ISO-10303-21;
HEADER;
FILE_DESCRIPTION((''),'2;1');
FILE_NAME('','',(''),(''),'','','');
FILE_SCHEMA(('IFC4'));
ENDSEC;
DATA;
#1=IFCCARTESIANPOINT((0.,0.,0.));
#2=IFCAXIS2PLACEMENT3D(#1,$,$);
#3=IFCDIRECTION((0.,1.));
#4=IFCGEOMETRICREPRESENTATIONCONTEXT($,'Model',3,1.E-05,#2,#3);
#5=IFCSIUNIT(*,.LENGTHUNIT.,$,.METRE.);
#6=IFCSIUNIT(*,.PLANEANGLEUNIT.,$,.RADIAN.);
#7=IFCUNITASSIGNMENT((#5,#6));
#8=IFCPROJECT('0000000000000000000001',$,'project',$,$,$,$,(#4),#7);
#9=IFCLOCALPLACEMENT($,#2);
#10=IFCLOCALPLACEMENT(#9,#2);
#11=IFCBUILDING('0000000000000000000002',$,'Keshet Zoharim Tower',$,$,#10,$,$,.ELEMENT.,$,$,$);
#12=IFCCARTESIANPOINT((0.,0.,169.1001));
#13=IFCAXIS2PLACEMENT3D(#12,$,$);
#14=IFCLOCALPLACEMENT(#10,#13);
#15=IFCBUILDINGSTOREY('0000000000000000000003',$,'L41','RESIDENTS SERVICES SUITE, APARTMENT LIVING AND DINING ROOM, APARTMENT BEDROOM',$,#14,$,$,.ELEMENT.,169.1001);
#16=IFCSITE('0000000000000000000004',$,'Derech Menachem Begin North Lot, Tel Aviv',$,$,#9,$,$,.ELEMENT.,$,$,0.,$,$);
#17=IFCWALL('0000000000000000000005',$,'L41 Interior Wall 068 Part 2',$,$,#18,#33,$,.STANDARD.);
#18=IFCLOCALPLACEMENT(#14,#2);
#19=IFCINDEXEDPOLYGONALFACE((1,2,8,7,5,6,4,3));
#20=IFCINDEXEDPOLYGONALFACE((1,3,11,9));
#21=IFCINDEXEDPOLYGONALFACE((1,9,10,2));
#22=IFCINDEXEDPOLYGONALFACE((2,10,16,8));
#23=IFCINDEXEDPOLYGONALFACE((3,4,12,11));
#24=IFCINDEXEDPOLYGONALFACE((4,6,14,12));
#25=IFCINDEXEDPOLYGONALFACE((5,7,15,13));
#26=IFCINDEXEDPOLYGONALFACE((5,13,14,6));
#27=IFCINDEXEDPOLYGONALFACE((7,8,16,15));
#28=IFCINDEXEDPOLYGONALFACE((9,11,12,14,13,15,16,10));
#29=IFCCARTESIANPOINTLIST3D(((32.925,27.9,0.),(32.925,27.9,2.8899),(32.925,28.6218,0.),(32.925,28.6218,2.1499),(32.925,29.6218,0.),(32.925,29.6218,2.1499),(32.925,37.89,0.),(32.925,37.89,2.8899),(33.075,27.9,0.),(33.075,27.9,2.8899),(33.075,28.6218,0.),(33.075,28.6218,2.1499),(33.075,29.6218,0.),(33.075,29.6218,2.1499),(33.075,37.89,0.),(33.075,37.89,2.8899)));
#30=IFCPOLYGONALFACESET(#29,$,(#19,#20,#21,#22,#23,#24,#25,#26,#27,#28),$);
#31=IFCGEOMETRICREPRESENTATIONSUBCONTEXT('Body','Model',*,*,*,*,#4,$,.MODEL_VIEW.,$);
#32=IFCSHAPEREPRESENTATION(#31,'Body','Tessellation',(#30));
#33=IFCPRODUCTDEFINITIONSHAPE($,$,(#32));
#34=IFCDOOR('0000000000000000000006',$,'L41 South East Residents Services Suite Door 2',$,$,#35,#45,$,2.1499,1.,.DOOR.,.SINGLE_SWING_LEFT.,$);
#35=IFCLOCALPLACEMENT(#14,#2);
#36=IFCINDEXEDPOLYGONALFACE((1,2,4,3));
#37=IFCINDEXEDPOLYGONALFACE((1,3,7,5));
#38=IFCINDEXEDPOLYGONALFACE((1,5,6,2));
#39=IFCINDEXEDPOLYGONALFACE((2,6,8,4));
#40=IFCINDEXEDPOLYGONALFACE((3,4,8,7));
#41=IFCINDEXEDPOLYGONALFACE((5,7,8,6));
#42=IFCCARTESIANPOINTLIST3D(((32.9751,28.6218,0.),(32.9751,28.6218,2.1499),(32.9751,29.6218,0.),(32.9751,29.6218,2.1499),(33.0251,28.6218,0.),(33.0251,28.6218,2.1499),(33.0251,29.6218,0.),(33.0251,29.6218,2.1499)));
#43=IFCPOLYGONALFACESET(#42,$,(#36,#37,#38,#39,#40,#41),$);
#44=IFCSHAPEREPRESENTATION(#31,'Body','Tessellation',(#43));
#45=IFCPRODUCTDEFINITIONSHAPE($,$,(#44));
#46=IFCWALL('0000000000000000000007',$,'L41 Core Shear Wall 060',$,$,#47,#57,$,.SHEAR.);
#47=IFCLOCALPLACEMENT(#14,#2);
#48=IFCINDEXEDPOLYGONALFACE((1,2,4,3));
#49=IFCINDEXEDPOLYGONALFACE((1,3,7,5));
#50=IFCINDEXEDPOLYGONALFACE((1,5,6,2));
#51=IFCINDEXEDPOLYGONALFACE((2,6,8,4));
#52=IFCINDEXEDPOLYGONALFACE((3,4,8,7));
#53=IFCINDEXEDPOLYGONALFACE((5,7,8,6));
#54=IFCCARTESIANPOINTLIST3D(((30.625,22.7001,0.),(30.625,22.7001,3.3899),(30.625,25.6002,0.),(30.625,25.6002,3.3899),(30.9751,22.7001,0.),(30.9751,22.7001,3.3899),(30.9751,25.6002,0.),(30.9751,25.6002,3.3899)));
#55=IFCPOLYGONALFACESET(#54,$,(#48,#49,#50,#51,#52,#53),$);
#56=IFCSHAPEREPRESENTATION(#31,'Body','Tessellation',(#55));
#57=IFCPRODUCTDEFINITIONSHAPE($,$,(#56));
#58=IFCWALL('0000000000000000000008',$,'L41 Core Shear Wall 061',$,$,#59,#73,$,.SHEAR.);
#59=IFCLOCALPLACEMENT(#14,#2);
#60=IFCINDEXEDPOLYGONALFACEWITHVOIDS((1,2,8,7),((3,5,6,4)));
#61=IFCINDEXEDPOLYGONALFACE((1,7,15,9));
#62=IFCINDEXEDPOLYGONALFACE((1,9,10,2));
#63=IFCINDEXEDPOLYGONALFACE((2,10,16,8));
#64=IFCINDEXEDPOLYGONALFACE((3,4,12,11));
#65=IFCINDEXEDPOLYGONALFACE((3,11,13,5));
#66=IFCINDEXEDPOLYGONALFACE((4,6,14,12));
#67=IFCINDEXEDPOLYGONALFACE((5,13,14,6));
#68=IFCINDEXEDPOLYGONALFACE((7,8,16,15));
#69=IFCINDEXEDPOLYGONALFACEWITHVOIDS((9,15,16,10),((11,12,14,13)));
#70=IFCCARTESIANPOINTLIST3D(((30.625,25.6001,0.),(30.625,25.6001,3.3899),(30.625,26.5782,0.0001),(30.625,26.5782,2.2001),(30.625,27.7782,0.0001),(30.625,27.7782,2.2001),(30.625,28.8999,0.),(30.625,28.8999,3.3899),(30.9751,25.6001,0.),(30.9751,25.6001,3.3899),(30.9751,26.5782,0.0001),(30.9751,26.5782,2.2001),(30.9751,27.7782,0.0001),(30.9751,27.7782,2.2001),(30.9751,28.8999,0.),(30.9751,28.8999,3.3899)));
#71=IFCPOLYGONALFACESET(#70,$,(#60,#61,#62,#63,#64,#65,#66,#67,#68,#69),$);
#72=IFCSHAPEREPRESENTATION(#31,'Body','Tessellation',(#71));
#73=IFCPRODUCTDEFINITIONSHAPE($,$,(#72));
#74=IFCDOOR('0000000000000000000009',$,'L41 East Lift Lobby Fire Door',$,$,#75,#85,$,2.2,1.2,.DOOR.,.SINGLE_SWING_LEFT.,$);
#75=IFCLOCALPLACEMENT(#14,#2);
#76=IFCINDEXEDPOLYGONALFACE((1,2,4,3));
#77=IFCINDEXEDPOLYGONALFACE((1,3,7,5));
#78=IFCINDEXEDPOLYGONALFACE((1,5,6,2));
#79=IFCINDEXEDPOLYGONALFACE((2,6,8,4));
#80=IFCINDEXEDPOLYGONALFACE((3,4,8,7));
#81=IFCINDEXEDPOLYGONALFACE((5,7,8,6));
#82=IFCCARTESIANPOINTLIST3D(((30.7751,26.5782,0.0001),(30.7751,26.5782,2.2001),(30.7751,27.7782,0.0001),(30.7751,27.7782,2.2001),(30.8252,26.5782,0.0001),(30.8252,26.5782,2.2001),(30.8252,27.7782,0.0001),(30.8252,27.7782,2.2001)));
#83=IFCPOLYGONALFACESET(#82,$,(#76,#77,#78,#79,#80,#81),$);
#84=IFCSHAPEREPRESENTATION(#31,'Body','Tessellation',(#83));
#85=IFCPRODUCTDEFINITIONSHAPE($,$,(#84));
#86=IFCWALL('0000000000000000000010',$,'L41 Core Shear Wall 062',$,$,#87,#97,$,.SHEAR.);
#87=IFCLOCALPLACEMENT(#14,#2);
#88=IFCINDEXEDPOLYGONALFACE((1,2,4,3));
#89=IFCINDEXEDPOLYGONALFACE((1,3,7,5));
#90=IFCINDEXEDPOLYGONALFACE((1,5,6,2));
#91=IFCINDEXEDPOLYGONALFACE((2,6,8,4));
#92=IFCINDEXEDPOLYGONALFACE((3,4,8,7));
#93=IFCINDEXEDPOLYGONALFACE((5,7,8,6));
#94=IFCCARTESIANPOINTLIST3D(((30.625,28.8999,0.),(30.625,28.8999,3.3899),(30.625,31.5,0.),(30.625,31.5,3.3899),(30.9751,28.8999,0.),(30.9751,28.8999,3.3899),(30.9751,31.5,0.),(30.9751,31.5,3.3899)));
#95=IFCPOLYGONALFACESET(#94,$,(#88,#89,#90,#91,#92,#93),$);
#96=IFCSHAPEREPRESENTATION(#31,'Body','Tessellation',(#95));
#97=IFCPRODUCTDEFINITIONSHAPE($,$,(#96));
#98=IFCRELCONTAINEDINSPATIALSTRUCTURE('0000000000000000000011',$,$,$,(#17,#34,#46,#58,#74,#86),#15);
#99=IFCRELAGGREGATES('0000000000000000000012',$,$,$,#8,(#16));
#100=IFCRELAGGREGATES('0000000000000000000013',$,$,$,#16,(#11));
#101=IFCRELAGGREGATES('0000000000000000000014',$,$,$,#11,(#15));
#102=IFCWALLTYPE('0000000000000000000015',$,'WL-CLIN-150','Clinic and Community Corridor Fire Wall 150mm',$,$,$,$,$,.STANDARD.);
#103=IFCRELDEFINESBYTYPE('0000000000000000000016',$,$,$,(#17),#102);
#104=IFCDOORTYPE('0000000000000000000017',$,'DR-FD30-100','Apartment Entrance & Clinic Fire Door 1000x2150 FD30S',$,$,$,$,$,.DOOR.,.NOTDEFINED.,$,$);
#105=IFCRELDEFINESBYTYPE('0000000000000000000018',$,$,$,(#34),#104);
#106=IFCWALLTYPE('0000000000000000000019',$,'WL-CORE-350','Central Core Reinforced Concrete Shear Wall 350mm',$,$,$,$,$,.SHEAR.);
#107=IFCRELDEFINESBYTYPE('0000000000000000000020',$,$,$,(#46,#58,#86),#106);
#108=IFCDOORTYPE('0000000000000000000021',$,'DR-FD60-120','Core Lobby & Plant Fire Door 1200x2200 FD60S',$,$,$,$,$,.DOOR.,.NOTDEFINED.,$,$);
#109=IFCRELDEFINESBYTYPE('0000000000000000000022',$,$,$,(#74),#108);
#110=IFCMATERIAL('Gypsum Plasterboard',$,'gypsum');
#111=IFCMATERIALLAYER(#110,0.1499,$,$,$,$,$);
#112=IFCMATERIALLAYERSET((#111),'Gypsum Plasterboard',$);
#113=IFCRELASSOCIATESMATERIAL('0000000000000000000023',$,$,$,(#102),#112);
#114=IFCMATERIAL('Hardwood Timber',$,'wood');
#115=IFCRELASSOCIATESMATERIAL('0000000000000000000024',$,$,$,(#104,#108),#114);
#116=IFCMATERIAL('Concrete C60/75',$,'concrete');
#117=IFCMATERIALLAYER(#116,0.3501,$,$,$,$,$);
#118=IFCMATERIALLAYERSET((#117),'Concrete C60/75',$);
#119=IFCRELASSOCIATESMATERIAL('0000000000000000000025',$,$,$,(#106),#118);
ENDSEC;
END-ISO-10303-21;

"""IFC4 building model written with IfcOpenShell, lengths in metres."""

from ifc_helpers import new_model, si_unit, direction, frame, frame_2d, origin, place, context, subcontext, project, spatial, rectangle, extrude, material, layer, layer_set, type_object, element, fill, save


model = new_model("IFC4")

# Units and contexts
model_context = context("Model", 3, precision=1e-05, world=origin(), true_north=direction((0.0, 1.0)))
body_context = subcontext(model_context, "Body", "Model", "MODEL_VIEW")
ifc_project = project(units=[si_unit("LENGTHUNIT", "METRE"), si_unit("PLANEANGLEUNIT", "RADIAN")], contexts=[model_context])

# Site, building, storey
site_placement = place(None, origin())
site = spatial("IfcSite", under=ifc_project, at=site_placement, Name="Derech Menachem Begin North Lot, Tel Aviv", CompositionType="ELEMENT", RefElevation=0.0)
building_placement = place(site_placement, origin())
building = spatial("IfcBuilding", under=site, at=building_placement, Name="Keshet Zoharim Tower", CompositionType="ELEMENT")
storey_placement = place(building_placement, frame((0.0, 0.0, 169.1001)))
storey = spatial("IfcBuildingStorey", under=building, at=storey_placement, Name="L41", Description="RESIDENTS SERVICES SUITE, APARTMENT LIVING AND DINING ROOM, APARTMENT BEDROOM", CompositionType="ELEMENT", Elevation=169.1001)

# Shared definitions
ifc_material_1 = material(Name="Concrete C60/75", Category="concrete")

# Shared definitions
ifc_material_2 = material(Name="Gypsum Plasterboard", Category="gypsum")
ifc_layer_1 = layer(ifc_material_2, 0.1499)
ifc_layer_set_1 = layer_set([ifc_layer_1], Name="Gypsum Plasterboard")
wall_type_1 = type_object("IfcWallType", Name="WL-CLIN-150", Description="Clinic and Community Corridor Fire Wall 150mm", PredefinedType="STANDARD", material=ifc_layer_set_1)

# Wall, opening, door
ifc_material_3 = material(Name="Hardwood Timber", Category="wood")
door_type_1 = type_object("IfcDoorType", Name="DR-FD30-100", Description="Apartment Entrance & Clinic Fire Door 1000x2150 FD30S", OperationType="NOTDEFINED", PredefinedType="DOOR", material=ifc_material_3)
wall_1_placement = place(storey_placement, frame((33.0, 27.8999, 0.0), z_axis=(0.0, 0.0, 1.0), x_axis=(0.0, 1.0, 0.0)))
wall_1 = element("IfcWall", 1, at=wall_1_placement, inside=storey, type_object=wall_type_1, Name="L41 Interior Wall 068 Part 2", PredefinedType="STANDARD", context=body_context, shape_type="SweptSolid", body=[
    extrude(rectangle(XDim=9.99, YDim=0.1499, at=frame_2d((4.9951, 0.0))), origin(), (0.0, 0.0, 1.0), 2.8899),
])
opening_1_placement = place(wall_1_placement, frame((0.7219, 0.0, 0.0)))
opening_1 = element("IfcOpeningElement", 2, at=opening_1_placement, cuts=wall_1, PredefinedType="OPENING", context=body_context, shape_type="SweptSolid", body=[
    extrude(rectangle(XDim=1.0, YDim=2.1499, at=frame_2d((0.5, 1.075))), frame((0.0, 0.085, 0.0), z_axis=(0.0, -1.0, 0.0), x_axis=(1.0, 0.0, 0.0)), (0.0, 0.0, 1.0), 0.1699),
])
door_1_placement = place(opening_1_placement, origin())
door_1 = element("IfcDoor", 3, at=door_1_placement, inside=storey, type_object=door_type_1, Name="L41 South East Residents Services Suite Door 2", OperationType="SINGLE_SWING_LEFT", OverallHeight=2.1499, OverallWidth=1.0, PredefinedType="DOOR", context=body_context, shape_type="SweptSolid", body=[
    extrude(rectangle(XDim=1.0, YDim=2.1499, at=frame_2d((0.5, 1.075))), frame((0.0, 0.0249, 0.0), z_axis=(0.0, -1.0, 0.0), x_axis=(1.0, 0.0, 0.0)), (0.0, 0.0, 1.0), 0.05),
])
fill(opening_1, door_1)

# Wall
ifc_layer_2 = layer(ifc_material_1, 0.3501)
ifc_layer_set_2 = layer_set([ifc_layer_2], Name="Concrete C60/75")
wall_type_2 = type_object("IfcWallType", Name="WL-CORE-350", Description="Central Core Reinforced Concrete Shear Wall 350mm", PredefinedType="SHEAR", material=ifc_layer_set_2)
wall_2_placement = place(storey_placement, frame((30.8, 22.7, 0.0), z_axis=(0.0, 0.0, 1.0), x_axis=(0.0, 1.0, 0.0)))
element("IfcWall", 4, at=wall_2_placement, inside=storey, type_object=wall_type_2, Name="L41 Core Shear Wall 060", PredefinedType="SHEAR", context=body_context, shape_type="SweptSolid", body=[
    extrude(rectangle(XDim=2.9001, YDim=0.3501, at=frame_2d((1.4502, 0.0))), origin(), (0.0, 0.0, 1.0), 3.3899),
])

# Wall, opening, door
wall_3_placement = place(storey_placement, frame((30.8, 25.6001, 0.0), z_axis=(0.0, 0.0, 1.0), x_axis=(0.0, 1.0, 0.0)))
wall_3 = element("IfcWall", 5, at=wall_3_placement, inside=storey, type_object=wall_type_2, Name="L41 Core Shear Wall 061", PredefinedType="SHEAR", context=body_context, shape_type="SweptSolid", body=[
    extrude(rectangle(XDim=3.2998, YDim=0.3501, at=frame_2d((1.6499, 0.0))), origin(), (0.0, 0.0, 1.0), 3.3899),
])
opening_2_placement = place(wall_3_placement, frame((0.978, 0.0, 0.0)))
opening_2 = element("IfcOpeningElement", 6, at=opening_2_placement, cuts=wall_3, PredefinedType="OPENING", context=body_context, shape_type="SweptSolid", body=[
    extrude(rectangle(XDim=1.2, YDim=2.2, at=frame_2d((0.6001, 1.1001))), frame((0.0, 0.1851, 0.0), z_axis=(0.0, -1.0, 0.0), x_axis=(1.0, 0.0, 0.0)), (0.0, 0.0, 1.0), 0.3701),
])
door_type_2 = type_object("IfcDoorType", Name="DR-FD60-120", Description="Core Lobby & Plant Fire Door 1200x2200 FD60S", OperationType="NOTDEFINED", PredefinedType="DOOR", material=ifc_material_3)
door_2_placement = place(opening_2_placement, origin())
door_2 = element("IfcDoor", 7, at=door_2_placement, inside=storey, type_object=door_type_2, Name="L41 East Lift Lobby Fire Door", OperationType="SINGLE_SWING_LEFT", OverallHeight=2.2, OverallWidth=1.2, PredefinedType="DOOR", context=body_context, shape_type="SweptSolid", body=[
    extrude(rectangle(XDim=1.2, YDim=2.2, at=frame_2d((0.6001, 1.1001))), frame((0.0, 0.0249, 0.0), z_axis=(0.0, -1.0, 0.0), x_axis=(1.0, 0.0, 0.0)), (0.0, 0.0, 1.0), 0.05),
])
fill(opening_2, door_2)

# Wall
wall_4_placement = place(storey_placement, frame((30.8, 28.8999, 0.0), z_axis=(0.0, 0.0, 1.0), x_axis=(0.0, 1.0, 0.0)))
element("IfcWall", 8, at=wall_4_placement, inside=storey, type_object=wall_type_2, Name="L41 Core Shear Wall 062", PredefinedType="SHEAR", context=body_context, shape_type="SweptSolid", body=[
    extrude(rectangle(XDim=2.6001, YDim=0.3501, at=frame_2d((1.3, 0.0))), origin(), (0.0, 0.0, 1.0), 3.3899),
])

save(model, "model.ifc")
